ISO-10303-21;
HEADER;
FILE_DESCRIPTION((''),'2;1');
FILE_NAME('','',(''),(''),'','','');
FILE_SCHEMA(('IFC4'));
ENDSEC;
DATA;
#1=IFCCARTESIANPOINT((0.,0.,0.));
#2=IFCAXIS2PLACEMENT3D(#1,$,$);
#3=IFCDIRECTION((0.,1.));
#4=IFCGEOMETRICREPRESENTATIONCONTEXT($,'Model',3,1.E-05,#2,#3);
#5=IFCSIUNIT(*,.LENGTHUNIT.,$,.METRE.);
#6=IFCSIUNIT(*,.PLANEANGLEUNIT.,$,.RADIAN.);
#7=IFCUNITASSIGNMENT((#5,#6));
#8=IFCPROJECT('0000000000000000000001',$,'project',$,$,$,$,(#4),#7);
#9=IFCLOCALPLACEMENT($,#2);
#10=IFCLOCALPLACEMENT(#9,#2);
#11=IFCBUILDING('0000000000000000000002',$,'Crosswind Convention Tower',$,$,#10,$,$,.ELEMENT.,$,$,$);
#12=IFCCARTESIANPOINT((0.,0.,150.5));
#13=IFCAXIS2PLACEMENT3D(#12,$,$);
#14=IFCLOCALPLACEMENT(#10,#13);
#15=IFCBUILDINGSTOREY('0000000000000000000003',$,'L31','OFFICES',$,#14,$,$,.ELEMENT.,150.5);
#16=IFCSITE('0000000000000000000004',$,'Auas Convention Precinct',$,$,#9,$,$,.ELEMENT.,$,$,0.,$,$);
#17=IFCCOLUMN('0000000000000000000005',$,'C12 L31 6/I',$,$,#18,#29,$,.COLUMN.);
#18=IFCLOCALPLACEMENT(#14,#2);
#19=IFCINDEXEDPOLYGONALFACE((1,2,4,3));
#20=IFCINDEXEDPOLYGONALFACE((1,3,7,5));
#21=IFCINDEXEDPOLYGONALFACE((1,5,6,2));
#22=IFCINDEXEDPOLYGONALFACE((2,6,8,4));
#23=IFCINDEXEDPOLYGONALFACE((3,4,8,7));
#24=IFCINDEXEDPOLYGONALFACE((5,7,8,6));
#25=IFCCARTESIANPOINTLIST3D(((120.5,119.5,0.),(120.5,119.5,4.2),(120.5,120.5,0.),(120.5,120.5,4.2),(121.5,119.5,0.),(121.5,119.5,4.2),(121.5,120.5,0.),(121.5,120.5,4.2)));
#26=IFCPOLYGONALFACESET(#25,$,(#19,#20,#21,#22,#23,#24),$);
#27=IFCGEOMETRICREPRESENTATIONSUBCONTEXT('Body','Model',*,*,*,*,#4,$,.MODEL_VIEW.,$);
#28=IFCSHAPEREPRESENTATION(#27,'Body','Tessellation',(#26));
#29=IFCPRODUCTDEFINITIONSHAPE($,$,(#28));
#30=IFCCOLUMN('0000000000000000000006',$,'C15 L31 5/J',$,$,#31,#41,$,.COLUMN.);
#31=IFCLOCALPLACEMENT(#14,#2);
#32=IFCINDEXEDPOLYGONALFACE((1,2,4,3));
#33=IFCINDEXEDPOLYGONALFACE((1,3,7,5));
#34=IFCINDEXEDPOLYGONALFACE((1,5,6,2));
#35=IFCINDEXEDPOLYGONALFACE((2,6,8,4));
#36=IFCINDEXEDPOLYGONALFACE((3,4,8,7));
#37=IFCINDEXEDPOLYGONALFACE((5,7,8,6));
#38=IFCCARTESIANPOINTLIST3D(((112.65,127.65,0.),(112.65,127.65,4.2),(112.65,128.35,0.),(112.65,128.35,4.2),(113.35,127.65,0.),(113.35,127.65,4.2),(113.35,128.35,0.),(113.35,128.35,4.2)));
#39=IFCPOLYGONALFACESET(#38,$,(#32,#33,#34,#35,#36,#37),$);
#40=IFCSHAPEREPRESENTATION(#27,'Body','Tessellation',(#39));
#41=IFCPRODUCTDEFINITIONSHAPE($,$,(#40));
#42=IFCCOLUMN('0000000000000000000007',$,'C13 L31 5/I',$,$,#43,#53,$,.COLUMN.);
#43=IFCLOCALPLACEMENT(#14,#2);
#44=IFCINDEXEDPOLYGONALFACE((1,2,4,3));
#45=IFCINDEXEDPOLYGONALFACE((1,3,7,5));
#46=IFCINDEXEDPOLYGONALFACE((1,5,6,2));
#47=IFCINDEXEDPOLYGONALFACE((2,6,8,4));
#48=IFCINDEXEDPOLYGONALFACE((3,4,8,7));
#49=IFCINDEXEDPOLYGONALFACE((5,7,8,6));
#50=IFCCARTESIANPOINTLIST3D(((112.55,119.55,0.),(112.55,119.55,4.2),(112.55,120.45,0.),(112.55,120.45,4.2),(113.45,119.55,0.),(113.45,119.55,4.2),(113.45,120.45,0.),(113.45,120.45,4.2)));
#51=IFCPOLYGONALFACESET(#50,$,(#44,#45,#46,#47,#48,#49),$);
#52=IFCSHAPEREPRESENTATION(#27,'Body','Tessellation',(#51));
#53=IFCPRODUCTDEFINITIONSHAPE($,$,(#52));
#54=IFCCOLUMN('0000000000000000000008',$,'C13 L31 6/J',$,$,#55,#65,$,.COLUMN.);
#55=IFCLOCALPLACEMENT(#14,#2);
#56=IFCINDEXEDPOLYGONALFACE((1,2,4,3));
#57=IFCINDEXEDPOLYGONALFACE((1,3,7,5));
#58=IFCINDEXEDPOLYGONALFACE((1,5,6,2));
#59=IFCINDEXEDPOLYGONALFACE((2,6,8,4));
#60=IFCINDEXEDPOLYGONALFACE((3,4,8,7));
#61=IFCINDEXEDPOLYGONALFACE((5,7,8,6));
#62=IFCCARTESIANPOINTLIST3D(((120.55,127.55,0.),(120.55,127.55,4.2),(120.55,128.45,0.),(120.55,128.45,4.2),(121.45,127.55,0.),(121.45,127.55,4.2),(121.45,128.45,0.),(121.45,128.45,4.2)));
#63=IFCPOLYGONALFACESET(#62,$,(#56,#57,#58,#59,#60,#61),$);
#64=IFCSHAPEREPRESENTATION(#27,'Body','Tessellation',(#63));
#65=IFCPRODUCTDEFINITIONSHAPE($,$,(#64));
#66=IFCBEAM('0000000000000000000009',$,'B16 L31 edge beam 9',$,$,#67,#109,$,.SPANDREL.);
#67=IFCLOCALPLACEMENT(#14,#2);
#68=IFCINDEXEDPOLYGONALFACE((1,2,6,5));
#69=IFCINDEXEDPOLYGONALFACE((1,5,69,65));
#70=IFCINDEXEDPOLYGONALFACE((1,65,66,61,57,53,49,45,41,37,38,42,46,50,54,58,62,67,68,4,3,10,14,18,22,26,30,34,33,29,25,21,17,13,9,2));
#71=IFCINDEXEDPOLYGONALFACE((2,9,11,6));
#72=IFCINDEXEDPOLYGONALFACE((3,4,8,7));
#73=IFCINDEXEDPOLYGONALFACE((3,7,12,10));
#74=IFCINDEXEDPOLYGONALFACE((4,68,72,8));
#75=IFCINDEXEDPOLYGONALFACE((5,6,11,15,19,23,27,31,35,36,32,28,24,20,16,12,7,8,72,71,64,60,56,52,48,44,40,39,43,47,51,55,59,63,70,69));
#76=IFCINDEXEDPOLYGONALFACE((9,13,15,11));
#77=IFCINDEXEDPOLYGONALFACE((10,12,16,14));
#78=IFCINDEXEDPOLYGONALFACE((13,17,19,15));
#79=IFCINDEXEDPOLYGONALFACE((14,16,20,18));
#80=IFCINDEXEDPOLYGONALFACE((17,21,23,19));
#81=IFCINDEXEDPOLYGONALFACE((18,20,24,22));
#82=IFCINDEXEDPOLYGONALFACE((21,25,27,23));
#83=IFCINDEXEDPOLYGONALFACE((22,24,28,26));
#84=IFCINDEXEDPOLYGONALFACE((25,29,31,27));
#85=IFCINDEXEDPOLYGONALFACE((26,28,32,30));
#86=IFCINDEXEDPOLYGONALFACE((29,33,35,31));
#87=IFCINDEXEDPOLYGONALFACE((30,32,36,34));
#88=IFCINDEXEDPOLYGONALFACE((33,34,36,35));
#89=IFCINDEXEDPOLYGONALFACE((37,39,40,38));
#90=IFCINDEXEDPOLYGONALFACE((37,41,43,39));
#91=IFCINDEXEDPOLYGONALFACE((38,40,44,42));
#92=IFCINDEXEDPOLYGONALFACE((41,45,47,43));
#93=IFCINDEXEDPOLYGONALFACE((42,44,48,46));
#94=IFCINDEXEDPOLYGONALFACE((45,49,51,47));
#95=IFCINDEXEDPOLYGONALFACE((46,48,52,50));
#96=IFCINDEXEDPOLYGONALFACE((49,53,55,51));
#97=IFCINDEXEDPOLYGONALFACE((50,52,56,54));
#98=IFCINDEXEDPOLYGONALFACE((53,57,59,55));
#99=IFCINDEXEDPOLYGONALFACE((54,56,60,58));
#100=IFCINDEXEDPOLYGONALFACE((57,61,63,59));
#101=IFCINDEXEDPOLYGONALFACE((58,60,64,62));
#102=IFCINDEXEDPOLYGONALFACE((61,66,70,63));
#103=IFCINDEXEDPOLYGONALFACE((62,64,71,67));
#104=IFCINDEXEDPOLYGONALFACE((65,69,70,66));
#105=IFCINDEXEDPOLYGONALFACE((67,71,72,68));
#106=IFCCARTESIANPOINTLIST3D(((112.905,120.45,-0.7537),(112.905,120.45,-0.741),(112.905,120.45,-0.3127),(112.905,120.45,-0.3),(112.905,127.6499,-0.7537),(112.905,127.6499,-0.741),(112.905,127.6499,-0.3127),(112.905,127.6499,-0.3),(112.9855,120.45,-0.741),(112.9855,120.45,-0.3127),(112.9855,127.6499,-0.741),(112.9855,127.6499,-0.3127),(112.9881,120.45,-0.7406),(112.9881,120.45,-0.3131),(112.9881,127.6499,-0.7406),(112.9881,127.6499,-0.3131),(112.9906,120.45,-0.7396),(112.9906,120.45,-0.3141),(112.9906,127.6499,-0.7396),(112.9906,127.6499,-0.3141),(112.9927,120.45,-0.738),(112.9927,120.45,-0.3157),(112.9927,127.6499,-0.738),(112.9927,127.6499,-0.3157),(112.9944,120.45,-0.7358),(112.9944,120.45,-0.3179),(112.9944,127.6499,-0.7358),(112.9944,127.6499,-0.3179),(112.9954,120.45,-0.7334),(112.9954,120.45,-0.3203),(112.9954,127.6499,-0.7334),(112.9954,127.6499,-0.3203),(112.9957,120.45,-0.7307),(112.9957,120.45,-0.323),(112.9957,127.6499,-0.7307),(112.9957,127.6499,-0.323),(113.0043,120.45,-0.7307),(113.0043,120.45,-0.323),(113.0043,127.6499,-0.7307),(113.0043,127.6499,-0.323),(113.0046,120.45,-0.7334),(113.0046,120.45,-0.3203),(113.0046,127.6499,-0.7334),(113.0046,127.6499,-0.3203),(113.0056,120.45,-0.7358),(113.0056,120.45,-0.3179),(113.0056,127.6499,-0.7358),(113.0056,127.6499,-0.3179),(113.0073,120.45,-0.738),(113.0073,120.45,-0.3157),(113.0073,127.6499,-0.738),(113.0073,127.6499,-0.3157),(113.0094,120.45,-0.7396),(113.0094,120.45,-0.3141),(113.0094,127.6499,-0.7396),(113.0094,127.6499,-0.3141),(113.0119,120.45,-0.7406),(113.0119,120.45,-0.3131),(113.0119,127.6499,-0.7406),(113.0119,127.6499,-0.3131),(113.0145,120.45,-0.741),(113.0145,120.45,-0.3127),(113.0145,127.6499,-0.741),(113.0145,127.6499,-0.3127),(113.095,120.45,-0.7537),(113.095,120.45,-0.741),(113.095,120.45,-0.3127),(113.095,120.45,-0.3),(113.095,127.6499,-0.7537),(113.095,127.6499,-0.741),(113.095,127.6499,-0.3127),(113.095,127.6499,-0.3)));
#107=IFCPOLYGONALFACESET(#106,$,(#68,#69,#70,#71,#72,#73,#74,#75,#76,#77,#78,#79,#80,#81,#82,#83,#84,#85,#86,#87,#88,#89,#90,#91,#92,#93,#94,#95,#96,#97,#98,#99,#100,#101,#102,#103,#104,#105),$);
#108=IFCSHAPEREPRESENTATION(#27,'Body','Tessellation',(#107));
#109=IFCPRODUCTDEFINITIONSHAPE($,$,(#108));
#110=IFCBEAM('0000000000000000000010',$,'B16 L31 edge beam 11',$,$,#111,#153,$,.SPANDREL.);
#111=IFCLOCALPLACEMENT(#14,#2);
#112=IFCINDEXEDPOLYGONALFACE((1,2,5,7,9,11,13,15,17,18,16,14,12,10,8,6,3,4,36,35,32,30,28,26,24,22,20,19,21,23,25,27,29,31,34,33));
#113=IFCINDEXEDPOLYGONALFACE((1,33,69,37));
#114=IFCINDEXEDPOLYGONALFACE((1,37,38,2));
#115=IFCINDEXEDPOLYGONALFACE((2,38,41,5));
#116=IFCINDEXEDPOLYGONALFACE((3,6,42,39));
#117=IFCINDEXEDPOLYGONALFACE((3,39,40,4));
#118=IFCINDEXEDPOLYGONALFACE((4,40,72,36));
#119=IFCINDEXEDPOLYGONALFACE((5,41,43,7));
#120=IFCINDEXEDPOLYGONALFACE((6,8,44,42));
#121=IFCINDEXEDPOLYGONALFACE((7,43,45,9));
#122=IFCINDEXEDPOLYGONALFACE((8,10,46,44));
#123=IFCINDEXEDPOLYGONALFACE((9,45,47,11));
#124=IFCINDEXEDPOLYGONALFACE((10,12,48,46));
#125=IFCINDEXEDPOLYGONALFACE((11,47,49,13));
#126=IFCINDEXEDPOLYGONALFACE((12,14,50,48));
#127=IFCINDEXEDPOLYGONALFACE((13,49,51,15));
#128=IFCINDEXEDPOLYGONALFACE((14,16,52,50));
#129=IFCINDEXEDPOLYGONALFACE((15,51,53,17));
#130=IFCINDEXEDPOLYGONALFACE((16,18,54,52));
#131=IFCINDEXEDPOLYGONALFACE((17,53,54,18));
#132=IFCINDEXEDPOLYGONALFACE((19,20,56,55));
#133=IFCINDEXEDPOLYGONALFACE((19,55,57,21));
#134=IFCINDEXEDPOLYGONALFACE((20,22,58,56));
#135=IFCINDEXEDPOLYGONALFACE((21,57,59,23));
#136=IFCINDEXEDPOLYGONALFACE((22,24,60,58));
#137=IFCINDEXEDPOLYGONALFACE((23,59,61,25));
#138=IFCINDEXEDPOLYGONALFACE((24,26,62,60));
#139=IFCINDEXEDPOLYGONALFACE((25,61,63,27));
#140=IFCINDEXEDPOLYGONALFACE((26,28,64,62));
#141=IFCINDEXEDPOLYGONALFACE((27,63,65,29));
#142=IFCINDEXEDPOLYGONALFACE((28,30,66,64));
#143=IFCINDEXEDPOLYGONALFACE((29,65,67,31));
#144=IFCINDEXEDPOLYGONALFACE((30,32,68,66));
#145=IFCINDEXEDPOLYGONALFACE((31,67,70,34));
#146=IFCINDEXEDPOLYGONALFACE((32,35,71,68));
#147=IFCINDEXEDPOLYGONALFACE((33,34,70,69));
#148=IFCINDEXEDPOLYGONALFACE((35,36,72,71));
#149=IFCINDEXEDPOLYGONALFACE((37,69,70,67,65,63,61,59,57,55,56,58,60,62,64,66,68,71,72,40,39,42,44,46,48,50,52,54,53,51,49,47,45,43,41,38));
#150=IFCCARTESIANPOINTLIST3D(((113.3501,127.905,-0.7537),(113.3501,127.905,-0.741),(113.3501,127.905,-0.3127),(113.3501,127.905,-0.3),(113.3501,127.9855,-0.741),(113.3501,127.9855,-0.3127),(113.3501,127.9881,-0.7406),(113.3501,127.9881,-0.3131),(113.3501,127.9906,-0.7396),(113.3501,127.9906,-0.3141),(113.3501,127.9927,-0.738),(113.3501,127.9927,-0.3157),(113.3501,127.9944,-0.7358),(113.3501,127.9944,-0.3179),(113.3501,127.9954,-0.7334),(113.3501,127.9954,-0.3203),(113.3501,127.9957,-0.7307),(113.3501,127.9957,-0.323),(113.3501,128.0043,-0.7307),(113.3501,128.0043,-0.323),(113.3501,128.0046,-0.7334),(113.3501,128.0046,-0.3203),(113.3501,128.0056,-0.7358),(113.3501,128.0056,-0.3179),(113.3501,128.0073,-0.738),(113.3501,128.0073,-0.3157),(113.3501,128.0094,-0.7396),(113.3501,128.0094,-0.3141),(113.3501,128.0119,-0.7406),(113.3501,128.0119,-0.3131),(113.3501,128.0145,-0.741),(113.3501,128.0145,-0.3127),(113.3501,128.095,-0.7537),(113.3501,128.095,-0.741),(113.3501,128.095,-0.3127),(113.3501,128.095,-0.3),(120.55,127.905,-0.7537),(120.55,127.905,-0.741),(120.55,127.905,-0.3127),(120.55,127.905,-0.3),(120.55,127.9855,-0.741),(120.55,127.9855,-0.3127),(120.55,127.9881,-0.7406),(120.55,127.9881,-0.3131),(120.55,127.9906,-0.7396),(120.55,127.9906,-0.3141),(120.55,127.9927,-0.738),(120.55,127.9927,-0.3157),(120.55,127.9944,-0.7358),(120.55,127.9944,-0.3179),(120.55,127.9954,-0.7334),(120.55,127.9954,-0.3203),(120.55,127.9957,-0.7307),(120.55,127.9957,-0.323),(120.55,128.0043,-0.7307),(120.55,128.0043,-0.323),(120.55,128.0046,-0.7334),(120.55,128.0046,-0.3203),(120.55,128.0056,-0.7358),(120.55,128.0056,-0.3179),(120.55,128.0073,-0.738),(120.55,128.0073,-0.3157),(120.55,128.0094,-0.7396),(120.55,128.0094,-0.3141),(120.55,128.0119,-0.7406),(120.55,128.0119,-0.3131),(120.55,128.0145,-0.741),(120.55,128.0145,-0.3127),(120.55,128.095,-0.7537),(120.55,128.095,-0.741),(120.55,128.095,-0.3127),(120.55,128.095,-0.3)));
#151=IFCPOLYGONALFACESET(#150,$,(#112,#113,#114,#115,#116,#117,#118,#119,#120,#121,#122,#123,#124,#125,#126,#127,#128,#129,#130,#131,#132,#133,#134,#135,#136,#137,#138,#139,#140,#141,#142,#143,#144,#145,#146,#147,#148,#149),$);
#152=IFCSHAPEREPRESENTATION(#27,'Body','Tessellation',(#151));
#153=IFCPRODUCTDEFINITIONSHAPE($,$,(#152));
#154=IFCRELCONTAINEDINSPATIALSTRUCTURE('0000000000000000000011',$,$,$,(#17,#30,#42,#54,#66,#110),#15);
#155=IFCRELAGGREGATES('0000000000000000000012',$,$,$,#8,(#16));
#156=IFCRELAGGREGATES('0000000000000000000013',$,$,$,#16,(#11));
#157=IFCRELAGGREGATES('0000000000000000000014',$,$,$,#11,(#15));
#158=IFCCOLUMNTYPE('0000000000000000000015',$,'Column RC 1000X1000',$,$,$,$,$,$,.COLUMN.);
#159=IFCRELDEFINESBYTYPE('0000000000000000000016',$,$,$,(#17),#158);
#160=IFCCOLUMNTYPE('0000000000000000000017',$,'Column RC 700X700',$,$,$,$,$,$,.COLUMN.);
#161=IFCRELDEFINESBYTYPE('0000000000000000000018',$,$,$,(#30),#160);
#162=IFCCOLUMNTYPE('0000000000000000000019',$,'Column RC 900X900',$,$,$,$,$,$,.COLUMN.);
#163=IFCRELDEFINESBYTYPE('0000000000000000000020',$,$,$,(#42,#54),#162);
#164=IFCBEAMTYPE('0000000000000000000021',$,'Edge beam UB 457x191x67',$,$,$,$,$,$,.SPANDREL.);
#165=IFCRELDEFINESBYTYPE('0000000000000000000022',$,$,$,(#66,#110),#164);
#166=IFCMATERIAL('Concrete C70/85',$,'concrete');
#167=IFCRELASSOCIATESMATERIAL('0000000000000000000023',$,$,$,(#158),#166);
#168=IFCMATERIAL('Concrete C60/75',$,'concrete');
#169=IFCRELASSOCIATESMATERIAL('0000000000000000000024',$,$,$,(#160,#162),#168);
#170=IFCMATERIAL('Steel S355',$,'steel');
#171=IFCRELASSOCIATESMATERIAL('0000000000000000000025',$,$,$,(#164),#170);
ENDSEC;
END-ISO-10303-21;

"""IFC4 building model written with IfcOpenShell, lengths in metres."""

from ifc_helpers import new_model, si_unit, direction, frame, origin, origin_2d, place, context, subcontext, project, spatial, rectangle, i_section, extrude, material, material_profile, profile_set, type_object, element, save


model = new_model("IFC4")

# Units and contexts
model_context = context("Model", 3, precision=1e-05, world=origin(), true_north=direction((0.0, 1.0)))
body_context = subcontext(model_context, "Body", "Model", "MODEL_VIEW")
ifc_project = project(units=[si_unit("LENGTHUNIT", "METRE"), si_unit("PLANEANGLEUNIT", "RADIAN")], contexts=[model_context])

# Site, building, storey
site_placement = place(None, origin())
site = spatial("IfcSite", under=ifc_project, at=site_placement, Name="Auas Convention Precinct", CompositionType="ELEMENT", RefElevation=0.0)
building_placement = place(site_placement, origin())
building = spatial("IfcBuilding", under=site, at=building_placement, Name="Crosswind Convention Tower", CompositionType="ELEMENT")
storey_placement = place(building_placement, frame((0.0, 0.0, 150.5)))
storey = spatial("IfcBuildingStorey", under=building, at=storey_placement, Name="L31", Description="OFFICES", CompositionType="ELEMENT", Elevation=150.5)

# Columns
ifc_material_1 = material(Name="Concrete C70/85", Category="concrete")
ifc_material_profile_1 = material_profile(ifc_material_1, rectangle(XDim=1.0, YDim=1.0, at=origin_2d()), Name="RC 1000X1000")
ifc_profile_set_1 = profile_set([ifc_material_profile_1], Name="Concrete C70/85")
column_type_1 = type_object("IfcColumnType", Name="Column RC 1000X1000", PredefinedType="COLUMN", material=ifc_profile_set_1)
column_1_placement = place(storey_placement, frame((121.0, 120.0, 0.0), z_axis=(0.0, 0.0, 1.0), x_axis=(1.0, 0.0, 0.0)))
element("IfcColumn", 1, at=column_1_placement, inside=storey, type_object=column_type_1, Name="C12 L31 6/I", PredefinedType="COLUMN", context=body_context, shape_type="SweptSolid", body=[
    extrude(rectangle(XDim=1.0, YDim=1.0, at=origin_2d()), origin(), (0.0, 0.0, 1.0), 4.2),
])
ifc_material_2 = material(Name="Concrete C60/75", Category="concrete")
ifc_material_profile_2 = material_profile(ifc_material_2, rectangle(XDim=0.7, YDim=0.7, at=origin_2d()), Name="RC 700X700")
ifc_profile_set_2 = profile_set([ifc_material_profile_2], Name="Concrete C60/75")
column_type_2 = type_object("IfcColumnType", Name="Column RC 700X700", PredefinedType="COLUMN", material=ifc_profile_set_2)
column_2_placement = place(storey_placement, frame((113.0, 128.0, 0.0), z_axis=(0.0, 0.0, 1.0), x_axis=(1.0, 0.0, 0.0)))
element("IfcColumn", 2, at=column_2_placement, inside=storey, type_object=column_type_2, Name="C15 L31 5/J", PredefinedType="COLUMN", context=body_context, shape_type="SweptSolid", body=[
    extrude(rectangle(XDim=0.7, YDim=0.7, at=origin_2d()), origin(), (0.0, 0.0, 1.0), 4.2),
])
ifc_material_profile_3 = material_profile(ifc_material_2, rectangle(XDim=0.8999, YDim=0.8999, at=origin_2d()), Name="RC 900X900")
ifc_profile_set_3 = profile_set([ifc_material_profile_3], Name="Concrete C60/75")
column_type_3 = type_object("IfcColumnType", Name="Column RC 900X900", PredefinedType="COLUMN", material=ifc_profile_set_3)
for number, where, z_axis, x_axis, name in (
    (3, (113.0, 120.0, 0.0), (0.0, 0.0, 1.0), (1.0, 0.0, 0.0), "C13 L31 5/I"),
    (4, (121.0, 128.0, 0.0), (0.0, 0.0, 1.0), (1.0, 0.0, 0.0), "C13 L31 6/J"),
):
    element("IfcColumn", number, at=place(storey_placement, frame(where, z_axis=z_axis, x_axis=x_axis)), inside=storey, type_object=column_type_3, Name=name, PredefinedType="COLUMN", context=body_context, shape_type="SweptSolid", body=[
        extrude(rectangle(XDim=0.8999, YDim=0.8999, at=origin_2d()), origin(), (0.0, 0.0, 1.0), 4.2),
    ])

# Beams
ifc_material_3 = material(Name="Steel S355", Category="steel")
ifc_material_profile_4 = material_profile(ifc_material_3, i_section(OverallWidth=0.1899, OverallDepth=0.4536, WebThickness=0.0085, FlangeThickness=0.0127, FilletRadius=0.0103, at=origin_2d()), Name="UB 457x191x67")
ifc_profile_set_4 = profile_set([ifc_material_profile_4], Name="Steel S355")
beam_type_1 = type_object("IfcBeamType", Name="Edge beam UB 457x191x67", PredefinedType="SPANDREL", material=ifc_profile_set_4)
for number, where, z_axis, x_axis, name in (
    (5, (113.0, 120.45, -0.5269), (0.0, 1.0, 0.0), (-1.0, 0.0, 0.0), "B16 L31 edge beam 9"),
    (6, (113.3501, 128.0, -0.5269), (1.0, 0.0, 0.0), (0.0, 1.0, 0.0), "B16 L31 edge beam 11"),
):
    element("IfcBeam", number, at=place(storey_placement, frame(where, z_axis=z_axis, x_axis=x_axis)), inside=storey, type_object=beam_type_1, Name=name, PredefinedType="SPANDREL", context=body_context, shape_type="SweptSolid", body=[
        extrude(i_section(OverallWidth=0.1899, OverallDepth=0.4536, WebThickness=0.0085, FlangeThickness=0.0127, FilletRadius=0.0103, at=origin_2d()), origin(), (0.0, 0.0, 1.0), 7.2),
    ])

save(model, "model.ifc")
